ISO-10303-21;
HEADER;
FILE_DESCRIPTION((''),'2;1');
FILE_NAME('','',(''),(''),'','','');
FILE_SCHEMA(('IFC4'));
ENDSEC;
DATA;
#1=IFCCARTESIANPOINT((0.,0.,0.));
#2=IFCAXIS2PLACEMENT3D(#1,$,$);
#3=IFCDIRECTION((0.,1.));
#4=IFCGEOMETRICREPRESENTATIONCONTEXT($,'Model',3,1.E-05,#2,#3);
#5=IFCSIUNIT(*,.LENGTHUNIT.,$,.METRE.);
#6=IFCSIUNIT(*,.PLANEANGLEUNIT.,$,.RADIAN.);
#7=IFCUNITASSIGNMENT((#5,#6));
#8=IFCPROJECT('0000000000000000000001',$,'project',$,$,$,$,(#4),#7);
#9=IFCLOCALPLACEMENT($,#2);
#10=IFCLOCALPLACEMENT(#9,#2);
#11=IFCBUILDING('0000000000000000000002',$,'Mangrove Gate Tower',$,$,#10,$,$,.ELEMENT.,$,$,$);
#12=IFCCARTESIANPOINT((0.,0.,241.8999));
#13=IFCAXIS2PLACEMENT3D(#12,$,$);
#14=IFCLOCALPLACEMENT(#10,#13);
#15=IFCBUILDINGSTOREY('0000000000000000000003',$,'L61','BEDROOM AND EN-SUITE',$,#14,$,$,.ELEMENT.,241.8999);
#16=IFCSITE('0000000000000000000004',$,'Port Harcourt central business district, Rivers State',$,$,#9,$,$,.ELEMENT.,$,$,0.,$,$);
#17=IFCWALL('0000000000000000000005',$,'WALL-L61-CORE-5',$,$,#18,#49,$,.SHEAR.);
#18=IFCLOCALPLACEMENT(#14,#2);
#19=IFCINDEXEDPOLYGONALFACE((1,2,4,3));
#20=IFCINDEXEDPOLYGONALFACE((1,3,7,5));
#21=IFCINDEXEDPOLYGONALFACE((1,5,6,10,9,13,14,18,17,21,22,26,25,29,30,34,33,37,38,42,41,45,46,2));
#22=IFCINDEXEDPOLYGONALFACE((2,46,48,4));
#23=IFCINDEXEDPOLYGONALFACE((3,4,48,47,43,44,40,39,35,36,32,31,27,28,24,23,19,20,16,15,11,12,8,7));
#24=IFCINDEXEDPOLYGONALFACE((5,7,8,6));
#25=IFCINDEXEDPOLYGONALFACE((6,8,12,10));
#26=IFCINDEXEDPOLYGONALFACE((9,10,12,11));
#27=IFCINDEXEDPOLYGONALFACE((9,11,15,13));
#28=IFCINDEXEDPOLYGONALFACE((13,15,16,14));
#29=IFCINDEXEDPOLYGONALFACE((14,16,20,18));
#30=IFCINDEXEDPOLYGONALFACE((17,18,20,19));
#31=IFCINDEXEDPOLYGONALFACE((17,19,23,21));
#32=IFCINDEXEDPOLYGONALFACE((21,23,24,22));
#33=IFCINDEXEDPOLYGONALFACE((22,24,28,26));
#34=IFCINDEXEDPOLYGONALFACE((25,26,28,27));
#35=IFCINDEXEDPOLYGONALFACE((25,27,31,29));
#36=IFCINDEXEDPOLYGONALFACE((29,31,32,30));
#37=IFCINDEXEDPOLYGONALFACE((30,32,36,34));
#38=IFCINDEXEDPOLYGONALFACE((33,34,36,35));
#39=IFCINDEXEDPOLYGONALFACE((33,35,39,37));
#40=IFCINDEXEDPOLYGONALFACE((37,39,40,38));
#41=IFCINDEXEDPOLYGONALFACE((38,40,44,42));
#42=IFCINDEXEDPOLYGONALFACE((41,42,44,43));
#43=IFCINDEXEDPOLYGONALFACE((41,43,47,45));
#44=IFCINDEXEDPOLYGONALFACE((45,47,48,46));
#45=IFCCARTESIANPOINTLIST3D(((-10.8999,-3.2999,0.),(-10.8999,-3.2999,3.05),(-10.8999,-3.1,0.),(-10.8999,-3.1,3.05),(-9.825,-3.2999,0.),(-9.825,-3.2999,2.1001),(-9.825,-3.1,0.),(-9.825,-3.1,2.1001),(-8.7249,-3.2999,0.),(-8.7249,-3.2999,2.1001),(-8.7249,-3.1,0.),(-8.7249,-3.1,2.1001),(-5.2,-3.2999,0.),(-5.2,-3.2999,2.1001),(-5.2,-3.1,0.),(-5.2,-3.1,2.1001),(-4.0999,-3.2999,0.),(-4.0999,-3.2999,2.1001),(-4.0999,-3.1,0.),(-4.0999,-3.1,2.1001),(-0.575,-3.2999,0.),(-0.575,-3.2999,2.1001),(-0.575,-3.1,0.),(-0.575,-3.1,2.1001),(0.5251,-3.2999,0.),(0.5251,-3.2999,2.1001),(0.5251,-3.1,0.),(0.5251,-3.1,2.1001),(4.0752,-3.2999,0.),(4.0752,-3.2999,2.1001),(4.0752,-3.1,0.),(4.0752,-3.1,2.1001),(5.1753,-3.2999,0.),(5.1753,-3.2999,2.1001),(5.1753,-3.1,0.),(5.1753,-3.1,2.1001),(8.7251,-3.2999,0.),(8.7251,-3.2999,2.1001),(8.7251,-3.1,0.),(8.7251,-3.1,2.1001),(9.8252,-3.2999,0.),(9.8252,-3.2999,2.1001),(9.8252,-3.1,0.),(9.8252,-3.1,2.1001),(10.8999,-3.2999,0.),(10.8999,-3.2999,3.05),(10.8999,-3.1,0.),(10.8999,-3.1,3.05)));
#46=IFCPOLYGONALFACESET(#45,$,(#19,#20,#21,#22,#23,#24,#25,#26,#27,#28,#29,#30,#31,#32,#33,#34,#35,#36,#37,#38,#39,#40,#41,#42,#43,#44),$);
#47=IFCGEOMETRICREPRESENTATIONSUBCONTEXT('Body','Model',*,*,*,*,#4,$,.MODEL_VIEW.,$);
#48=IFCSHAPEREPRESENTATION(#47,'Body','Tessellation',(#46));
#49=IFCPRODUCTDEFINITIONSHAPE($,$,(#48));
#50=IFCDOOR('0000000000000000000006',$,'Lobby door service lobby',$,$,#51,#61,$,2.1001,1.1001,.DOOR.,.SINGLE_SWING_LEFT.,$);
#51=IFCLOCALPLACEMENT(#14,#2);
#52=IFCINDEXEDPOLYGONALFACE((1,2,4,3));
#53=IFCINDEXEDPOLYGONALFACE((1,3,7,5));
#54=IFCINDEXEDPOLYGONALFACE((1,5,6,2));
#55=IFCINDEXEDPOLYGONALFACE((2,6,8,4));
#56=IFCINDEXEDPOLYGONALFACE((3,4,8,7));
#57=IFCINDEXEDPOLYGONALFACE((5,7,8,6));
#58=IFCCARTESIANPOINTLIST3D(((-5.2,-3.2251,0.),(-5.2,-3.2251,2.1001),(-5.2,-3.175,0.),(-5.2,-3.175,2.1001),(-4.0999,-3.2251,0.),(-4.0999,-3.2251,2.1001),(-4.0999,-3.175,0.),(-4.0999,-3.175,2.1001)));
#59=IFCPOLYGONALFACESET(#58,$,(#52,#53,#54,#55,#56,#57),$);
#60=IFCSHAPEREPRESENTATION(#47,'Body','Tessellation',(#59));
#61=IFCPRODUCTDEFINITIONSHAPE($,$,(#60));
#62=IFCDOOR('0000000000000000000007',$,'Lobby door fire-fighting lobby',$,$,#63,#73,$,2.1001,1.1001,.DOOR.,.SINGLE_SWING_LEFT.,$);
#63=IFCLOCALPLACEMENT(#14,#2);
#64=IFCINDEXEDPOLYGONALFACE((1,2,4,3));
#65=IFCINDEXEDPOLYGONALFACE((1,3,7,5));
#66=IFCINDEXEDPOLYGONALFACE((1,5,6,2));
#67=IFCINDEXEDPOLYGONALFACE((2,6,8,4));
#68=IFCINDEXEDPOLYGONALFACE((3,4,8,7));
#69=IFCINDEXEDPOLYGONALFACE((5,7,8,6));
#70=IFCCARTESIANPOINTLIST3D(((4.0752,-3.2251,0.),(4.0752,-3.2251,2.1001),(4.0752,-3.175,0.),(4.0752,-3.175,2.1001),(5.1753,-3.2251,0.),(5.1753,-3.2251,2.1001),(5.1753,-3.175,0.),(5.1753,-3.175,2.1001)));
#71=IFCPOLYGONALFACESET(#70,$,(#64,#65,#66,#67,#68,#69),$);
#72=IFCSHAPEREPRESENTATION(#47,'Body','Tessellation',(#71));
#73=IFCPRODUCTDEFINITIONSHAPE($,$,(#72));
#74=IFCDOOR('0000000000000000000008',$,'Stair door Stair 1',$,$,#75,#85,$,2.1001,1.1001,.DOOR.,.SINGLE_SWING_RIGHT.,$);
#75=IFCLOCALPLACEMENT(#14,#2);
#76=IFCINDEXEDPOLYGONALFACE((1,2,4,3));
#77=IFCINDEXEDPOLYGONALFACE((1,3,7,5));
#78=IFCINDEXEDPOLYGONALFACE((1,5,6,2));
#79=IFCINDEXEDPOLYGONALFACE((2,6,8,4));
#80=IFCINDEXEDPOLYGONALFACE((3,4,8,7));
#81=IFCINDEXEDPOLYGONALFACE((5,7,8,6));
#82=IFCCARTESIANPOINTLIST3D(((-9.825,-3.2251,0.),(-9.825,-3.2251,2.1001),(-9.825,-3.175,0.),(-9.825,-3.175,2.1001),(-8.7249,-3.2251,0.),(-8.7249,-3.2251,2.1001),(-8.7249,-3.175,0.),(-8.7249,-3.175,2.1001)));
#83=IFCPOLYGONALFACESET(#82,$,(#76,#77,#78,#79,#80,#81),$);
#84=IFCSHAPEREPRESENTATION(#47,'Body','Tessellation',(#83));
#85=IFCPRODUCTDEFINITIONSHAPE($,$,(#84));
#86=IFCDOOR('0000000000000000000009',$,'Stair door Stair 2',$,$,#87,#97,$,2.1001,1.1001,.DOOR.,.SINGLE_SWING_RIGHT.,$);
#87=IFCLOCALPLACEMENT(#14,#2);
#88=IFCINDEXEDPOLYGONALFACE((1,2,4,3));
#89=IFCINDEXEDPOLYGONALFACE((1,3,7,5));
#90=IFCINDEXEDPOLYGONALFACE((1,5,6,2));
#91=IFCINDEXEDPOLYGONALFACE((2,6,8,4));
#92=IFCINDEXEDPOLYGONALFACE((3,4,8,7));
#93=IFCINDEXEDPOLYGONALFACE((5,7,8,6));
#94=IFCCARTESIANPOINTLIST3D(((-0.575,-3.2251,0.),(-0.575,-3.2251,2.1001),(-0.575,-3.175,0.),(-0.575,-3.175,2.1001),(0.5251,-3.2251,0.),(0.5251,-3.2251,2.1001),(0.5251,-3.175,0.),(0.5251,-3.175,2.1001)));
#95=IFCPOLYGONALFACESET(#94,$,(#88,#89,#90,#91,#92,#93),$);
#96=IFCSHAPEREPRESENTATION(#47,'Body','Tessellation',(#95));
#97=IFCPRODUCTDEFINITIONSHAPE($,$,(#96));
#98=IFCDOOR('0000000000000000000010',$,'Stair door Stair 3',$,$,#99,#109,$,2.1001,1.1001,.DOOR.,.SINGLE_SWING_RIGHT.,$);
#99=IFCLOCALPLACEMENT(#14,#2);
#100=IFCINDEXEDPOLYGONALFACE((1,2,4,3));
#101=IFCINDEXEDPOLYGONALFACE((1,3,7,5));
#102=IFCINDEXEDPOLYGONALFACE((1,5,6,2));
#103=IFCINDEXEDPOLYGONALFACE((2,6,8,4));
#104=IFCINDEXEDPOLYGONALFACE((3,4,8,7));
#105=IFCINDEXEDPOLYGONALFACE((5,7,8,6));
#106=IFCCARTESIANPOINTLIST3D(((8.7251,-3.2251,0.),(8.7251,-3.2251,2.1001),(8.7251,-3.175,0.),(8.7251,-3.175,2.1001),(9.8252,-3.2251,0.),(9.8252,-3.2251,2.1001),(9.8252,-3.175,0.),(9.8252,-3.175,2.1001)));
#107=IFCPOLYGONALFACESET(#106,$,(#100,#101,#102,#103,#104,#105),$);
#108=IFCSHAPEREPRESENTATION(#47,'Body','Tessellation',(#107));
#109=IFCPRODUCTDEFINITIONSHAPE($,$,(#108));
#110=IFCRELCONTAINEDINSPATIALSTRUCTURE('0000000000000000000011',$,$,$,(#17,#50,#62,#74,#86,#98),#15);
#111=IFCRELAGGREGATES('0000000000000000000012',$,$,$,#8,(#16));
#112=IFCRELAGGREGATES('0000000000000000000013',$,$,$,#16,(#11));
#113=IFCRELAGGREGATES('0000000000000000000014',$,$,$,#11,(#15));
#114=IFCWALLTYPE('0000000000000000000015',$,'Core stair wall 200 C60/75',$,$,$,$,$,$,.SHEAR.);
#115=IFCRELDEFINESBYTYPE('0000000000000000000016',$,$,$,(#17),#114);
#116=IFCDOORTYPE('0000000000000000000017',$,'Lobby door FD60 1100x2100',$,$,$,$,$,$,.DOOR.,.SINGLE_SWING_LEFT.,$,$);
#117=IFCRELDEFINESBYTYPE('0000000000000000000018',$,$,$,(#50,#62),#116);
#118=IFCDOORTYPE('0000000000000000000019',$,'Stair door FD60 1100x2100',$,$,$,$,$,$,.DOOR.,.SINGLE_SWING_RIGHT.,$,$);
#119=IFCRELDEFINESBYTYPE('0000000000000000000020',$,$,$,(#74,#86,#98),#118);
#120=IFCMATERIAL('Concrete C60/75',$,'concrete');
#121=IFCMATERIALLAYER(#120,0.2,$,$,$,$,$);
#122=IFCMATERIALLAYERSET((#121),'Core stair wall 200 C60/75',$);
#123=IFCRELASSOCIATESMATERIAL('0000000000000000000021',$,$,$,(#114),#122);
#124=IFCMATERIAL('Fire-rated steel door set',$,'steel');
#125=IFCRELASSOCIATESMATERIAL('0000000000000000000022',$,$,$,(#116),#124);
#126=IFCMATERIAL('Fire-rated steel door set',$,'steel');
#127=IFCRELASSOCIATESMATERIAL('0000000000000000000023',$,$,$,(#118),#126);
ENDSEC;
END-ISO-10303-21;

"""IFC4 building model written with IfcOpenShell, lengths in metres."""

from ifc_helpers import new_model, si_unit, direction, frame, frame_2d, origin, place, context, subcontext, project, spatial, rectangle, extrude, material, layer, layer_set, type_object, element, fill, save


model = new_model("IFC4")

# Units and contexts
model_context = context("Model", 3, precision=1e-05, world=origin(), true_north=direction((0.0, 1.0)))
body_context = subcontext(model_context, "Body", "Model", "MODEL_VIEW")
ifc_project = project(units=[si_unit("LENGTHUNIT", "METRE"), si_unit("PLANEANGLEUNIT", "RADIAN")], contexts=[model_context])

# Site, building, storey
site_placement = place(None, origin())
site = spatial("IfcSite", under=ifc_project, at=site_placement, Name="Port Harcourt central business district, Rivers State", CompositionType="ELEMENT", RefElevation=0.0)
building_placement = place(site_placement, origin())
building = spatial("IfcBuilding", under=site, at=building_placement, Name="Mangrove Gate Tower", CompositionType="ELEMENT")
storey_placement = place(building_placement, frame((0.0, 0.0, 241.8999)))
storey = spatial("IfcBuildingStorey", under=building, at=storey_placement, Name="L61", Description="BEDROOM AND EN-SUITE", CompositionType="ELEMENT", Elevation=241.8999)

# Wall, openings, doors
ifc_material_1 = material(Name="Concrete C60/75", Category="concrete")
ifc_layer_1 = layer(ifc_material_1, 0.2)
ifc_layer_set_1 = layer_set([ifc_layer_1], Name="Core stair wall 200 C60/75")
wall_type_1 = type_object("IfcWallType", Name="Core stair wall 200 C60/75", PredefinedType="SHEAR", material=ifc_layer_set_1)
wall_1_placement = place(storey_placement, frame((-10.8999, -3.2, 0.0), z_axis=(0.0, 0.0, 1.0), x_axis=(1.0, 0.0, 0.0)))
wall_1 = element("IfcWall", 1, at=wall_1_placement, inside=storey, type_object=wall_type_1, Name="WALL-L61-CORE-5", PredefinedType="SHEAR", context=body_context, shape_type="SweptSolid", body=[
    extrude(rectangle(XDim=21.7998, YDim=0.2, at=frame_2d((10.8999, 0.0))), origin(), (0.0, 0.0, 1.0), 3.05),
])
opening_1_placement = place(wall_1_placement, frame((1.075, 0.0, 0.0)))
opening_1 = element("IfcOpeningElement", 2, at=opening_1_placement, cuts=wall_1, PredefinedType="OPENING", context=body_context, shape_type="SweptSolid", body=[
    extrude(rectangle(XDim=1.1001, YDim=2.1001, at=frame_2d((0.55, 1.05))), frame((0.0, 0.1099, 0.0), z_axis=(0.0, -1.0, 0.0), x_axis=(1.0, 0.0, 0.0)), (0.0, 0.0, 1.0), 0.22),
])
opening_2_placement = place(wall_1_placement, frame((10.325, 0.0, 0.0)))
opening_2 = element("IfcOpeningElement", 3, at=opening_2_placement, cuts=wall_1, PredefinedType="OPENING", context=body_context, shape_type="SweptSolid", body=[
    extrude(rectangle(XDim=1.1001, YDim=2.1001, at=frame_2d((0.55, 1.05))), frame((0.0, 0.1099, 0.0), z_axis=(0.0, -1.0, 0.0), x_axis=(1.0, 0.0, 0.0)), (0.0, 0.0, 1.0), 0.22),
])
opening_3_placement = place(wall_1_placement, frame((19.625, 0.0, 0.0)))
opening_3 = element("IfcOpeningElement", 4, at=opening_3_placement, cuts=wall_1, PredefinedType="OPENING", context=body_context, shape_type="SweptSolid", body=[
    extrude(rectangle(XDim=1.1001, YDim=2.1001, at=frame_2d((0.55, 1.05))), frame((0.0, 0.1099, 0.0), z_axis=(0.0, -1.0, 0.0), x_axis=(1.0, 0.0, 0.0)), (0.0, 0.0, 1.0), 0.22),
])
opening_4_placement = place(wall_1_placement, frame((5.7, 0.0, 0.0)))
opening_4 = element("IfcOpeningElement", 5, at=opening_4_placement, cuts=wall_1, PredefinedType="OPENING", context=body_context, shape_type="SweptSolid", body=[
    extrude(rectangle(XDim=1.1001, YDim=2.1001, at=frame_2d((0.55, 1.05))), frame((0.0, 0.1099, 0.0), z_axis=(0.0, -1.0, 0.0), x_axis=(1.0, 0.0, 0.0)), (0.0, 0.0, 1.0), 0.22),
])
opening_5_placement = place(wall_1_placement, frame((14.9751, 0.0, 0.0)))
opening_5 = element("IfcOpeningElement", 6, at=opening_5_placement, cuts=wall_1, PredefinedType="OPENING", context=body_context, shape_type="SweptSolid", body=[
    extrude(rectangle(XDim=1.1001, YDim=2.1001, at=frame_2d((0.55, 1.05))), frame((0.0, 0.1099, 0.0), z_axis=(0.0, -1.0, 0.0), x_axis=(1.0, 0.0, 0.0)), (0.0, 0.0, 1.0), 0.22),
])
ifc_material_2 = material(Name="Fire-rated steel door set", Category="steel")
door_type_1 = type_object("IfcDoorType", Name="Lobby door FD60 1100x2100", OperationType="SINGLE_SWING_LEFT", PredefinedType="DOOR", material=ifc_material_2)
door_1_placement = place(opening_4_placement, origin())
door_1 = element("IfcDoor", 7, at=door_1_placement, inside=storey, type_object=door_type_1, Name="Lobby door service lobby", OperationType="SINGLE_SWING_LEFT", OverallHeight=2.1001, OverallWidth=1.1001, PredefinedType="DOOR", context=body_context, shape_type="SweptSolid", body=[
    extrude(rectangle(XDim=1.1001, YDim=2.1001, at=frame_2d((0.55, 1.05))), frame((0.0, 0.0249, 0.0), z_axis=(0.0, -1.0, 0.0), x_axis=(1.0, 0.0, 0.0)), (0.0, 0.0, 1.0), 0.05),
])
fill(opening_4, door_1)
door_2_placement = place(opening_5_placement, origin())
door_2 = element("IfcDoor", 8, at=door_2_placement, inside=storey, type_object=door_type_1, Name="Lobby door fire-fighting lobby", OperationType="SINGLE_SWING_LEFT", OverallHeight=2.1001, OverallWidth=1.1001, PredefinedType="DOOR", context=body_context, shape_type="SweptSolid", body=[
    extrude(rectangle(XDim=1.1001, YDim=2.1001, at=frame_2d((0.55, 1.05))), frame((0.0, 0.0249, 0.0), z_axis=(0.0, -1.0, 0.0), x_axis=(1.0, 0.0, 0.0)), (0.0, 0.0, 1.0), 0.05),
])
fill(opening_5, door_2)
ifc_material_3 = material(Name="Fire-rated steel door set", Category="steel")
door_type_2 = type_object("IfcDoorType", Name="Stair door FD60 1100x2100", OperationType="SINGLE_SWING_RIGHT", PredefinedType="DOOR", material=ifc_material_3)
door_3_placement = place(opening_1_placement, origin())
door_3 = element("IfcDoor", 9, at=door_3_placement, inside=storey, type_object=door_type_2, Name="Stair door Stair 1", OperationType="SINGLE_SWING_RIGHT", OverallHeight=2.1001, OverallWidth=1.1001, PredefinedType="DOOR", context=body_context, shape_type="SweptSolid", body=[
    extrude(rectangle(XDim=1.1001, YDim=2.1001, at=frame_2d((0.55, 1.05))), frame((0.0, 0.0249, 0.0), z_axis=(0.0, -1.0, 0.0), x_axis=(1.0, 0.0, 0.0)), (0.0, 0.0, 1.0), 0.05),
])
fill(opening_1, door_3)
door_4_placement = place(opening_2_placement, origin())
door_4 = element("IfcDoor", 10, at=door_4_placement, inside=storey, type_object=door_type_2, Name="Stair door Stair 2", OperationType="SINGLE_SWING_RIGHT", OverallHeight=2.1001, OverallWidth=1.1001, PredefinedType="DOOR", context=body_context, shape_type="SweptSolid", body=[
    extrude(rectangle(XDim=1.1001, YDim=2.1001, at=frame_2d((0.55, 1.05))), frame((0.0, 0.0249, 0.0), z_axis=(0.0, -1.0, 0.0), x_axis=(1.0, 0.0, 0.0)), (0.0, 0.0, 1.0), 0.05),
])
fill(opening_2, door_4)
door_5_placement = place(opening_3_placement, origin())
door_5 = element("IfcDoor", 11, at=door_5_placement, inside=storey, type_object=door_type_2, Name="Stair door Stair 3", OperationType="SINGLE_SWING_RIGHT", OverallHeight=2.1001, OverallWidth=1.1001, PredefinedType="DOOR", context=body_context, shape_type="SweptSolid", body=[
    extrude(rectangle(XDim=1.1001, YDim=2.1001, at=frame_2d((0.55, 1.05))), frame((0.0, 0.0249, 0.0), z_axis=(0.0, -1.0, 0.0), x_axis=(1.0, 0.0, 0.0)), (0.0, 0.0, 1.0), 0.05),
])
fill(opening_3, door_5)

save(model, "model.ifc")
